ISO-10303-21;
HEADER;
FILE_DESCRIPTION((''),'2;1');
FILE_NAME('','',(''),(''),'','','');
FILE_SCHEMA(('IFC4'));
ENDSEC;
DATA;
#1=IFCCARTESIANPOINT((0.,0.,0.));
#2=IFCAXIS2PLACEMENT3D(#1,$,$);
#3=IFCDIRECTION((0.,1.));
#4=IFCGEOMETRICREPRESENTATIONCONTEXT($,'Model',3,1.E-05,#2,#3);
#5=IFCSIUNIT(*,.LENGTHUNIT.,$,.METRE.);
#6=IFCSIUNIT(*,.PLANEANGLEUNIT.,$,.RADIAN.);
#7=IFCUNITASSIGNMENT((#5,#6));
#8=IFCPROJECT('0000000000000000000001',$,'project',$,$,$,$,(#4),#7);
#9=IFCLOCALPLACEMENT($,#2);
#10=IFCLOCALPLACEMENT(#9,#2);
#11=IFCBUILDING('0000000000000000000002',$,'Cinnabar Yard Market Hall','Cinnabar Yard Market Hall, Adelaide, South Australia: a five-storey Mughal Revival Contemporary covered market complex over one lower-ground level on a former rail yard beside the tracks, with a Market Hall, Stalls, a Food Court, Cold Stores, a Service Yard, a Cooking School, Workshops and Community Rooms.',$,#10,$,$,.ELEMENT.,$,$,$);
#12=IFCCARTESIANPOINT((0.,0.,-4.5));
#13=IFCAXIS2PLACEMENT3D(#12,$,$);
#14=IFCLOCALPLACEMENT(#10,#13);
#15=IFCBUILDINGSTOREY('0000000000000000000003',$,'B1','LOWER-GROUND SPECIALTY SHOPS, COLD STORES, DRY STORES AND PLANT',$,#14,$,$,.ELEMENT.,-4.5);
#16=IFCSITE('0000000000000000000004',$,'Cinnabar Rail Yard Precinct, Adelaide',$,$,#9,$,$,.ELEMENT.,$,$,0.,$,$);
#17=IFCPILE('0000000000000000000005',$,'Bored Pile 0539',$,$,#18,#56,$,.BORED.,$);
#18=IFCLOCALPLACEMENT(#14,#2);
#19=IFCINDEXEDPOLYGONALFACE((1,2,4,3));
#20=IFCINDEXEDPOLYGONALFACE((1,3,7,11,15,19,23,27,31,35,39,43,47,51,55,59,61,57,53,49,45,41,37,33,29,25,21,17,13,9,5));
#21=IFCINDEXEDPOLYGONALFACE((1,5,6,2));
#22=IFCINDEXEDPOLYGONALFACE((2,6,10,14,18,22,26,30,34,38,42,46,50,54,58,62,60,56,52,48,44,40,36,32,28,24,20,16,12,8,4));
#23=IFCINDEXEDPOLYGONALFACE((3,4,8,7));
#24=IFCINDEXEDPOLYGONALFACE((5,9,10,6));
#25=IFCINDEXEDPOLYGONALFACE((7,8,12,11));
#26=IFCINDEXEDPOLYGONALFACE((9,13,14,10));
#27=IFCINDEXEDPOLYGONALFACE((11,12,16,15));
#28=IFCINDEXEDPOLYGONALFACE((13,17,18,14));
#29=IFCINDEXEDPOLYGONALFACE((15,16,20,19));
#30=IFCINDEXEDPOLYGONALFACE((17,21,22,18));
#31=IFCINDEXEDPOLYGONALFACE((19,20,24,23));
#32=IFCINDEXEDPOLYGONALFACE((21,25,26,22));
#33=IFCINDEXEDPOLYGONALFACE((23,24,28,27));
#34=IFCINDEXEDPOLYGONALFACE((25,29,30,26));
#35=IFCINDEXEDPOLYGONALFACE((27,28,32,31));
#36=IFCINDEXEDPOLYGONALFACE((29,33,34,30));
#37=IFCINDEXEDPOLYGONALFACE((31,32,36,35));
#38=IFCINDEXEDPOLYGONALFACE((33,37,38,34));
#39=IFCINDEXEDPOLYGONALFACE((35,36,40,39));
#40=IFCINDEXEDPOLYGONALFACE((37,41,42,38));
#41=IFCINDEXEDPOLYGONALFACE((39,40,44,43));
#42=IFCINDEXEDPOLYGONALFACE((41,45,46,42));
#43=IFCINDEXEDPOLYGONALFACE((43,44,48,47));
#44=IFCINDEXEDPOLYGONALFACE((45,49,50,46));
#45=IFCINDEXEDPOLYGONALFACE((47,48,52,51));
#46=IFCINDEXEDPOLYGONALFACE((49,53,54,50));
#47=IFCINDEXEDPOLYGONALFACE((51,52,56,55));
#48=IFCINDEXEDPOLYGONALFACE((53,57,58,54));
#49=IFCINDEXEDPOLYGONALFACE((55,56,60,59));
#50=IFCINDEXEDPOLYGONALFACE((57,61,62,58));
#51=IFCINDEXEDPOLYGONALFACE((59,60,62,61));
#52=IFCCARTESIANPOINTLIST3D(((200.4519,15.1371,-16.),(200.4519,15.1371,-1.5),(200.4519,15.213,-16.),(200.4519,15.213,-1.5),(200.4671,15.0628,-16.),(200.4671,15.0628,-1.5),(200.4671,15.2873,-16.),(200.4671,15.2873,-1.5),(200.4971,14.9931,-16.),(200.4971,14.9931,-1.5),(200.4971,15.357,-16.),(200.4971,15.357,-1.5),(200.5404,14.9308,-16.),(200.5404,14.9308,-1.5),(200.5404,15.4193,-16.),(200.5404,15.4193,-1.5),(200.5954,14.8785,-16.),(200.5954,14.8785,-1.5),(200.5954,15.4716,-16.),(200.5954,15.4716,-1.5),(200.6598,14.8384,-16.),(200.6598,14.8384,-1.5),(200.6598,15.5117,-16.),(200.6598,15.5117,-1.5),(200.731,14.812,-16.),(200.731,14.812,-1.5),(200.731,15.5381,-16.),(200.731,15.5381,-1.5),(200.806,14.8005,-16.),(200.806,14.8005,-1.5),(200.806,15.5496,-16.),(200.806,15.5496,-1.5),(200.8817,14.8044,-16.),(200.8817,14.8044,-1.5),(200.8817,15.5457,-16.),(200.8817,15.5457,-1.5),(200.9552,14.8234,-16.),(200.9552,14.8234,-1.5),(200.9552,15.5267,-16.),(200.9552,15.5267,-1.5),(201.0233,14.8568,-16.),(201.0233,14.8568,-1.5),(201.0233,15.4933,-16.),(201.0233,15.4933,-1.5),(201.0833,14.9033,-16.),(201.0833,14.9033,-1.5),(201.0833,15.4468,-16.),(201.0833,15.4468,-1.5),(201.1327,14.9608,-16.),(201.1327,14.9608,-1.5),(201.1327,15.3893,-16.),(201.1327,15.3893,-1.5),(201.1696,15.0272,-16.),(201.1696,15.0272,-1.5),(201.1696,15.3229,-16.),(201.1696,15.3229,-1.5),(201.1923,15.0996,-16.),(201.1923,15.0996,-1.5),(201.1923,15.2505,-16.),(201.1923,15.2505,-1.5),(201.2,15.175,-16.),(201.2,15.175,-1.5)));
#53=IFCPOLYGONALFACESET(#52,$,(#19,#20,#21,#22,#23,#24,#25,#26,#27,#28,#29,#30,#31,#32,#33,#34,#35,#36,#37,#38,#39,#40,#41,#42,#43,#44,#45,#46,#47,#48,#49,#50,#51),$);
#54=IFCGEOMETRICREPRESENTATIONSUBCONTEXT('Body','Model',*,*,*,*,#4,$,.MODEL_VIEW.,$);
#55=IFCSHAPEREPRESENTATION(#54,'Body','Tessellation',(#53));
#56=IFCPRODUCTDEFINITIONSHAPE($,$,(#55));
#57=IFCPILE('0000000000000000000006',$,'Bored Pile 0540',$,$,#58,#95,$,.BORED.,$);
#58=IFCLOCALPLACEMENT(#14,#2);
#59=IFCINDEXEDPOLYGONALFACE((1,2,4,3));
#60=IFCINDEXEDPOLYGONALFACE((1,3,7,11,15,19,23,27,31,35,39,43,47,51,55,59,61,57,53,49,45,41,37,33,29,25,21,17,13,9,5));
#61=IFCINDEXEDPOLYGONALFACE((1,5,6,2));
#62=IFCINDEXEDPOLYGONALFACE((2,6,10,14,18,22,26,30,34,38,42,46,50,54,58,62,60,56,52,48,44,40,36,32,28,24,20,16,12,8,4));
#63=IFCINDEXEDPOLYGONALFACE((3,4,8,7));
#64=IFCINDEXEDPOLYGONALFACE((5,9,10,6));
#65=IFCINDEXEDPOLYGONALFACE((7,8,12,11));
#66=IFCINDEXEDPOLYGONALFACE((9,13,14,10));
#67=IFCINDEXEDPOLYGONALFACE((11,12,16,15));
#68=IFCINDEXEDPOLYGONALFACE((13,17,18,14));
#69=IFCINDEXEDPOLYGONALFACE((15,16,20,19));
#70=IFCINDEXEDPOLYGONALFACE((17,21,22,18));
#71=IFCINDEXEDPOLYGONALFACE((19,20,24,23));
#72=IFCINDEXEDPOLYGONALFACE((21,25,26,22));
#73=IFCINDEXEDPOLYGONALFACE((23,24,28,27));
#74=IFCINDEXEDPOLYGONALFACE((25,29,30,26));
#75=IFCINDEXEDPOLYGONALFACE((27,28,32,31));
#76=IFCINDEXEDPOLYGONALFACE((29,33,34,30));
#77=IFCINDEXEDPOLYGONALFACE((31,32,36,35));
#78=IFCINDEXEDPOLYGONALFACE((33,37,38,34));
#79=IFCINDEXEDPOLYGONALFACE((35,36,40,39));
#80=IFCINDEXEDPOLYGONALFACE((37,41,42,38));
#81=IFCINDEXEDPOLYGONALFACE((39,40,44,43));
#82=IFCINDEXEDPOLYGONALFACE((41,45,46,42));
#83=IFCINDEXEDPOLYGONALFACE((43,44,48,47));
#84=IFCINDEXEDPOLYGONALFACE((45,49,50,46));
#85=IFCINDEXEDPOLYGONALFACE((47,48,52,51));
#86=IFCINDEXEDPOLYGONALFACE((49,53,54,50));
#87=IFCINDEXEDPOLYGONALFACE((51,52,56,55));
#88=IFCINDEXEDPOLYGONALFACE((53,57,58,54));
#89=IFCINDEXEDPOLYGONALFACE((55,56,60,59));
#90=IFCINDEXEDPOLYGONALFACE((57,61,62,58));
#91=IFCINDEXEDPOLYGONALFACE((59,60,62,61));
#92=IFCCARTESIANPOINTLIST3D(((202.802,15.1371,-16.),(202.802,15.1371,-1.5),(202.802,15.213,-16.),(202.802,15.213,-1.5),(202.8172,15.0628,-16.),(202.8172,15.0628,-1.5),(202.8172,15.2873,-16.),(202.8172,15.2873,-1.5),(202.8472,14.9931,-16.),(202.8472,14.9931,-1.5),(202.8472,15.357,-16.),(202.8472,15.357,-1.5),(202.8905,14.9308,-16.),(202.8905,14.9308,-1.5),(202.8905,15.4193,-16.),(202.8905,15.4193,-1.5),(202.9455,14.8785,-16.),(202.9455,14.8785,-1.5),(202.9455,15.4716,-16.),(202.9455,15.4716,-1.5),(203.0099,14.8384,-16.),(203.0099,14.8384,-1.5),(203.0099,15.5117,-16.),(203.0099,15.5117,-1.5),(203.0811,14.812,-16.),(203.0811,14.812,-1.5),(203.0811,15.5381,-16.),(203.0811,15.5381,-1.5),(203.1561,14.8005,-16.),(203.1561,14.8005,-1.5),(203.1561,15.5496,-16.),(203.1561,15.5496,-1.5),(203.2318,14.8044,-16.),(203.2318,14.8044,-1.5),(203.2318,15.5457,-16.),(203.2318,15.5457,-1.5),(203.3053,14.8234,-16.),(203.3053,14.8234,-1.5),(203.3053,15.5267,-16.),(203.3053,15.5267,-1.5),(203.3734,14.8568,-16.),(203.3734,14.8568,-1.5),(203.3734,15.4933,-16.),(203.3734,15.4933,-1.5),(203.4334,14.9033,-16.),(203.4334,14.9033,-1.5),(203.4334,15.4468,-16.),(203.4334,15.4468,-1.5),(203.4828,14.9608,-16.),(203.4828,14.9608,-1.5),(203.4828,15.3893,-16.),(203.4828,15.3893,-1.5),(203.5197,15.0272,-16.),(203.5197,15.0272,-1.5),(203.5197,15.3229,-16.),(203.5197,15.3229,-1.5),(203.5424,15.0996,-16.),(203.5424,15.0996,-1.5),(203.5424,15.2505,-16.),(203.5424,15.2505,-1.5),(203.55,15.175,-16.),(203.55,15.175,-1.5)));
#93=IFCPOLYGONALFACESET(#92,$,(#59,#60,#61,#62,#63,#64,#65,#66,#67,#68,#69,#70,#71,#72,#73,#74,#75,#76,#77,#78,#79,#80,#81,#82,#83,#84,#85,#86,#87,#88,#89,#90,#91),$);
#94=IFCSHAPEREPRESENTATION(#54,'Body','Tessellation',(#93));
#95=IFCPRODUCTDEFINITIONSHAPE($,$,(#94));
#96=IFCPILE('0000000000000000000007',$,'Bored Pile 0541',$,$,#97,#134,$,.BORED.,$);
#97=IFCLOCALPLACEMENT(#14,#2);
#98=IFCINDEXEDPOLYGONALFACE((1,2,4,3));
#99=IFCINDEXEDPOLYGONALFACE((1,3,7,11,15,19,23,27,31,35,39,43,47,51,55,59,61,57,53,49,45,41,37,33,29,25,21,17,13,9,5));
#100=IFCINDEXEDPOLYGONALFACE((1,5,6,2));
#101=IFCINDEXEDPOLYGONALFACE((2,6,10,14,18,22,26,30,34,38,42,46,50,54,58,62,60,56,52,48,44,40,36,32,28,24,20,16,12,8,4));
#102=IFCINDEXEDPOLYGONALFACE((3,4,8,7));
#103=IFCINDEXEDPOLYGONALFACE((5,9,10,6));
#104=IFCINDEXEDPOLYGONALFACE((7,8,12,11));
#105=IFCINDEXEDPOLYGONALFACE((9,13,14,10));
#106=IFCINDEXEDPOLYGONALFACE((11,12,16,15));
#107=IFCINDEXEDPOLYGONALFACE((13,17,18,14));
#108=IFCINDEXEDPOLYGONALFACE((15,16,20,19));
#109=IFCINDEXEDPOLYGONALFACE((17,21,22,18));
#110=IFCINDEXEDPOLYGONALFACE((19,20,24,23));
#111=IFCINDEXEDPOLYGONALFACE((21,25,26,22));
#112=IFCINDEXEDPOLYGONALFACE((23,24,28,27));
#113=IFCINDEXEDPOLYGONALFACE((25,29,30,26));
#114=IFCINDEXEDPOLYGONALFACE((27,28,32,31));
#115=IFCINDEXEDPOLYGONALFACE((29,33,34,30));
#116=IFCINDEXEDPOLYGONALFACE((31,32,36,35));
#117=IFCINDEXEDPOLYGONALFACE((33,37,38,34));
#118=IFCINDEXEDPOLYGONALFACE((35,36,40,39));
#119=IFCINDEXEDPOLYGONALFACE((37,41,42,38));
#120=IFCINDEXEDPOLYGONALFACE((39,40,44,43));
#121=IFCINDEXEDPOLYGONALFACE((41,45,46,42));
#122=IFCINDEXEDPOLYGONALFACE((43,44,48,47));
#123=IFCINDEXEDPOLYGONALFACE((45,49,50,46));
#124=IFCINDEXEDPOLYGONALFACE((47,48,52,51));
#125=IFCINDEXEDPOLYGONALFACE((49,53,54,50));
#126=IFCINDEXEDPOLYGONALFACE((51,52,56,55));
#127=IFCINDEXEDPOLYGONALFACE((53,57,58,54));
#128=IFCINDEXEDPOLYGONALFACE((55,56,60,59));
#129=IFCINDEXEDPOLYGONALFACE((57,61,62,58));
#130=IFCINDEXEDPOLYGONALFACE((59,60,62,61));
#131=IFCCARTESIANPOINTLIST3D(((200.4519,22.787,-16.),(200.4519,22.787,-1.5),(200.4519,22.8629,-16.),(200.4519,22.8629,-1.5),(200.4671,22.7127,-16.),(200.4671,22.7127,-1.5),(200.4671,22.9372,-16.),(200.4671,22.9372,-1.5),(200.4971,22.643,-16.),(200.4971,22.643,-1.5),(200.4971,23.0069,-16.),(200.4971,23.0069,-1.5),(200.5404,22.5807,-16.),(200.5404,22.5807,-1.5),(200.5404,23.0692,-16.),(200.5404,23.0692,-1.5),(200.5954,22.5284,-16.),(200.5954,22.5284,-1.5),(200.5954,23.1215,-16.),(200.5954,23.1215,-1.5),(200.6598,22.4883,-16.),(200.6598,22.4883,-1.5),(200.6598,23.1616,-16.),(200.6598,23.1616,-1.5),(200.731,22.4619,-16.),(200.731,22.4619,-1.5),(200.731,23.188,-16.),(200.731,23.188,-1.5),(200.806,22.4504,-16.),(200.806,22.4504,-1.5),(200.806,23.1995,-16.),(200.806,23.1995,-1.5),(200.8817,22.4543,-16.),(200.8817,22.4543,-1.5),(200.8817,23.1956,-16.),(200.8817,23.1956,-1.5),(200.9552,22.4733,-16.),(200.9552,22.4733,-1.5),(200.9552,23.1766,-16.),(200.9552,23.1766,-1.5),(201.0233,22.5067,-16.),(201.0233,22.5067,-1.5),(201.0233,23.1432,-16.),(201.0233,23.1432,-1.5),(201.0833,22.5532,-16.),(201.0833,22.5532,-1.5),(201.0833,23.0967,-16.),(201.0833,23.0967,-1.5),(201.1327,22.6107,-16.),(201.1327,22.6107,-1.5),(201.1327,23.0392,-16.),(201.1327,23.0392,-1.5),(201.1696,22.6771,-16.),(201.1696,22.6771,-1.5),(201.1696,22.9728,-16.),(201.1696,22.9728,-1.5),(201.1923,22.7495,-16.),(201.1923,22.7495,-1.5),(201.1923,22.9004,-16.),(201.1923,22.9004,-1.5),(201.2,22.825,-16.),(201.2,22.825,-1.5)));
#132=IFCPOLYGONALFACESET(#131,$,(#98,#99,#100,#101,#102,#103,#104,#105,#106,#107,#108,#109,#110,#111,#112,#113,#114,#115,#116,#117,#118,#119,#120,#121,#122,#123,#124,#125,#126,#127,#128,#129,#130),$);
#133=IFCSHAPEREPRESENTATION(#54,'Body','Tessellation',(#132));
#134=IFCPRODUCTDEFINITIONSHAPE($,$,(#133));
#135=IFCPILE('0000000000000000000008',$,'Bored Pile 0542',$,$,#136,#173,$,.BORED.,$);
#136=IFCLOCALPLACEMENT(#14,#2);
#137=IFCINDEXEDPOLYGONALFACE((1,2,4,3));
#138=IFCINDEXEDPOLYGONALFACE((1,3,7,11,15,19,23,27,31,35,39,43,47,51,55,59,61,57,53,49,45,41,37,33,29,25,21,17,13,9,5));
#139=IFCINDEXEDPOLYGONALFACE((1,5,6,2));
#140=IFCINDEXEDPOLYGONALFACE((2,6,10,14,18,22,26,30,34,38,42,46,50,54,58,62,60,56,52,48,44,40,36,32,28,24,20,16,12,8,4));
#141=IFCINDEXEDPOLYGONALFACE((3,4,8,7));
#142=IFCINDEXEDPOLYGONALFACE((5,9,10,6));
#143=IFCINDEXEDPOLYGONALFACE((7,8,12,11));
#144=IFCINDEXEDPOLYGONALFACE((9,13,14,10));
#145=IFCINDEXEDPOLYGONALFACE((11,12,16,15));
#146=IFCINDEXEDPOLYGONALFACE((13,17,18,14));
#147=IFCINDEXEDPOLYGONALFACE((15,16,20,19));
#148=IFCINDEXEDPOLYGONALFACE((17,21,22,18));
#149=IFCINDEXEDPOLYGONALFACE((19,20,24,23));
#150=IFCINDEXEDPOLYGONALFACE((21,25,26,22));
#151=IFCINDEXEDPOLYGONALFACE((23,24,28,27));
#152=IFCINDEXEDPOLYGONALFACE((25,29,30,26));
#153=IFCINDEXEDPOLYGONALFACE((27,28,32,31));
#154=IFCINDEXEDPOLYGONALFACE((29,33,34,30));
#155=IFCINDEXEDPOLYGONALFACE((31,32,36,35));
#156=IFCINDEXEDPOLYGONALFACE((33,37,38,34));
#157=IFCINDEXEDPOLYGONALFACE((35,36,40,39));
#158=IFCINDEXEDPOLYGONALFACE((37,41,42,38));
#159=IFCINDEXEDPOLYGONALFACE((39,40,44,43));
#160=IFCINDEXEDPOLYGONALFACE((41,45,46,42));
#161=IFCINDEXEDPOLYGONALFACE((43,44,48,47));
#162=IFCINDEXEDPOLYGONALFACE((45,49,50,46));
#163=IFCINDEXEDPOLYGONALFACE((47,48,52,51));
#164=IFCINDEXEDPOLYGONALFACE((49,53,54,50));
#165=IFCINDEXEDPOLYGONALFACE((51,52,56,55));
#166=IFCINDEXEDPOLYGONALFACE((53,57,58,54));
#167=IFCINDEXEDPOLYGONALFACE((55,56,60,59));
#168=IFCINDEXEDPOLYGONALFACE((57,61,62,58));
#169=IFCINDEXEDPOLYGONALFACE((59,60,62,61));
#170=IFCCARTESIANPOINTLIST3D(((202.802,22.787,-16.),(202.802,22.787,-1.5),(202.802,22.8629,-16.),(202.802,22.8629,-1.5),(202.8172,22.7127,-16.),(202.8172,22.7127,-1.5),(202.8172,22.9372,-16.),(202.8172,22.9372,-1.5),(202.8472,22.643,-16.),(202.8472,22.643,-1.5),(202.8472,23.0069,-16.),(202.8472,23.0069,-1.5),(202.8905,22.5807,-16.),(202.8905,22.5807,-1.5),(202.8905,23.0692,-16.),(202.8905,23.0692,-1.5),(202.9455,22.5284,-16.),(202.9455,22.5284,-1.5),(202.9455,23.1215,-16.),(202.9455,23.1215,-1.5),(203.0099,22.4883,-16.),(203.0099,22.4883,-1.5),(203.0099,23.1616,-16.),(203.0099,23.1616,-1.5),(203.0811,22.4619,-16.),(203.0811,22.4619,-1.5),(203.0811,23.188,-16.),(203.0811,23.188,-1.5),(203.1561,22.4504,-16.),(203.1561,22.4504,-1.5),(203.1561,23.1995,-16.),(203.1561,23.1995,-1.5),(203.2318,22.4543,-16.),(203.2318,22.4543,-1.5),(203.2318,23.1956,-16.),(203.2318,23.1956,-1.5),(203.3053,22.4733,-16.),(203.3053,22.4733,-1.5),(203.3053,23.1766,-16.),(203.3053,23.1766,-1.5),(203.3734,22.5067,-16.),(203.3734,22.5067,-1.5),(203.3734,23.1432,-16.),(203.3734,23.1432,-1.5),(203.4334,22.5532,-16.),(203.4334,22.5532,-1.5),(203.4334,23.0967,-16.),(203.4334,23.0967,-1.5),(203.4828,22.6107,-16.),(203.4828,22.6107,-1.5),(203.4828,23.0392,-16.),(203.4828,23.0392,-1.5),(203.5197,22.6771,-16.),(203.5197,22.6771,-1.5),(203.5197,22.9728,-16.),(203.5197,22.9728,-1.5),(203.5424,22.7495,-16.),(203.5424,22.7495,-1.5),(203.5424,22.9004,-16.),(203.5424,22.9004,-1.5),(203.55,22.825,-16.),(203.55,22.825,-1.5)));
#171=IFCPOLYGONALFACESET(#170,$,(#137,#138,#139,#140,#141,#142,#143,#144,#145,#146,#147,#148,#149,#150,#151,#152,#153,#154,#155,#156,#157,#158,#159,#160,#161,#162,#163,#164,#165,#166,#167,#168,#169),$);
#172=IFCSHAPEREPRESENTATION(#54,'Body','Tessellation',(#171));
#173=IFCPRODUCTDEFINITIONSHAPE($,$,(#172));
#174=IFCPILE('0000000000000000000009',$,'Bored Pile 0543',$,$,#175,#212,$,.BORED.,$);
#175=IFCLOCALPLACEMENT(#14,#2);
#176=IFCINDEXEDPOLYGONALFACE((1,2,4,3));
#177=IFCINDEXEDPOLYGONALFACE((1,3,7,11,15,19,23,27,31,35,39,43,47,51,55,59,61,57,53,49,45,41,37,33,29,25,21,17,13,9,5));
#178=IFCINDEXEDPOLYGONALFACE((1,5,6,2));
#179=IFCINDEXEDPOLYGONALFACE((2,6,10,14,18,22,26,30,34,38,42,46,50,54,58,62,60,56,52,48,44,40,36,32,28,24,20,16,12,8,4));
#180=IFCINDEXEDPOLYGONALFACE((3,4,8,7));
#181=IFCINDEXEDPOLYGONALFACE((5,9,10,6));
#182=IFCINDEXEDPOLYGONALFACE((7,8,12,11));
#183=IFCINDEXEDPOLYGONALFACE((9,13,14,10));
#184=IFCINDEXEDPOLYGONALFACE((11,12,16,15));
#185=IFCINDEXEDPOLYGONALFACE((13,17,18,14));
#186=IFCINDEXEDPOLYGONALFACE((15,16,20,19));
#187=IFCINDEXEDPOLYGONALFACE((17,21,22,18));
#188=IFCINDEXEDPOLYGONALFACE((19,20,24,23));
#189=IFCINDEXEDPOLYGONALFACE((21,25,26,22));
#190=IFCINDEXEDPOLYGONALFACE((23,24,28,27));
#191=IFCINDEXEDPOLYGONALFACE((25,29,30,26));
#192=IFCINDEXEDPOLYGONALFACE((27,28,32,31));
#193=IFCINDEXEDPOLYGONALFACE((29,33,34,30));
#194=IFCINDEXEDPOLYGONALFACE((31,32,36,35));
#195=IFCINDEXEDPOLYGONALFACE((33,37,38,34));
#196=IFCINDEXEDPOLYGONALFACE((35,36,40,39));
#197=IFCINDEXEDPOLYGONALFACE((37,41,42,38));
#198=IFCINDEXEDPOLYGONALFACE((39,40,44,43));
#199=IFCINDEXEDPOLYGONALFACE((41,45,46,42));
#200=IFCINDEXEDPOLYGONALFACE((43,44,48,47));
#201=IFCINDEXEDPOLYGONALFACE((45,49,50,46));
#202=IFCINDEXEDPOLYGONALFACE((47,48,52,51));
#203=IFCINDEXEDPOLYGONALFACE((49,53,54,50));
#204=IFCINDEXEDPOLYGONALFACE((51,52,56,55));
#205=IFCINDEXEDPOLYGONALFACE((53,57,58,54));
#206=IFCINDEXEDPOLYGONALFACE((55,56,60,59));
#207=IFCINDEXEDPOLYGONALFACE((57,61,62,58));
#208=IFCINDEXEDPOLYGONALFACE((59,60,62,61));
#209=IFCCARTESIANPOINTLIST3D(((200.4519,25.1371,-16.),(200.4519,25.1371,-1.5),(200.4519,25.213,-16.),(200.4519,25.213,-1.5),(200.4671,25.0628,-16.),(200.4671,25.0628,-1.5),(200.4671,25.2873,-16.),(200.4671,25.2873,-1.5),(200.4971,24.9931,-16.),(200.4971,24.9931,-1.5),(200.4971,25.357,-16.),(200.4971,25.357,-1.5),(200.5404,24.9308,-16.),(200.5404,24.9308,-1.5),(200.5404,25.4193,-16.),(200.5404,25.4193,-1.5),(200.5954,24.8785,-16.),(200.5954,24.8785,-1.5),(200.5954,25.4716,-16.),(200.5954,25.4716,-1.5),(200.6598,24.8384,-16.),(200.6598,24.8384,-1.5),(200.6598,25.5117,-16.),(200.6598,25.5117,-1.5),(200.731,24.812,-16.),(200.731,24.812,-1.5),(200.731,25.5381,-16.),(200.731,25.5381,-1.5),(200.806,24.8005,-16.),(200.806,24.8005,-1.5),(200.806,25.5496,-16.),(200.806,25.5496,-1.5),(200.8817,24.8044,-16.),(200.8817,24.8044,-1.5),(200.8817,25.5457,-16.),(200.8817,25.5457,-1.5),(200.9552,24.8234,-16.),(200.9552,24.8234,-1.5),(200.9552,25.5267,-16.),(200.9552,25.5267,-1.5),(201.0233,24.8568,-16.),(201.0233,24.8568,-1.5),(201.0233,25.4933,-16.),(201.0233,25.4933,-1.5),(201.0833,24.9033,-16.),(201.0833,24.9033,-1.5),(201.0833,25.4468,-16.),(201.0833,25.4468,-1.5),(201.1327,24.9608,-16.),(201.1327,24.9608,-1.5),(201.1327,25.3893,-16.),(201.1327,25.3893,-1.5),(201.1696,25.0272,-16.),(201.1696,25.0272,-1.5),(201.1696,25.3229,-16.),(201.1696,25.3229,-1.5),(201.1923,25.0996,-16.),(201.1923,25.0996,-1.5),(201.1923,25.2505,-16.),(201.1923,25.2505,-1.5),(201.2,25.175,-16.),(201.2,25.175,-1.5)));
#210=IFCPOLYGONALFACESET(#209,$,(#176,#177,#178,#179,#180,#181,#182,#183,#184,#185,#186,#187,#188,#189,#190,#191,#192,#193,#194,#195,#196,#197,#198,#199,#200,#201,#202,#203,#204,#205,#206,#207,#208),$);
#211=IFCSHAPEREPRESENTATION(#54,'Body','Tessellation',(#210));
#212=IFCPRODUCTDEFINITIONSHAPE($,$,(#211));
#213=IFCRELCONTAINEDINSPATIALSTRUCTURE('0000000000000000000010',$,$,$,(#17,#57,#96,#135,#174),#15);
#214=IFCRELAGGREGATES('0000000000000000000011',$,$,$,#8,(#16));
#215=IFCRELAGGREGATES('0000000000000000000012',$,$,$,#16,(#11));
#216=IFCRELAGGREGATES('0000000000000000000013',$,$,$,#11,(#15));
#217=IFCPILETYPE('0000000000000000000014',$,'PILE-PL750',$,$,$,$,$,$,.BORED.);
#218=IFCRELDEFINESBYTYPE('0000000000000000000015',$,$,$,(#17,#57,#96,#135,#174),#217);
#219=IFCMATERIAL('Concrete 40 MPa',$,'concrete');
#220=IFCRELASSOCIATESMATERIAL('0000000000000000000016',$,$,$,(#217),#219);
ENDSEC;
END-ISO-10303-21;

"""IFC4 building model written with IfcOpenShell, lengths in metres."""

from ifc_helpers import new_model, si_unit, direction, frame, origin, origin_2d_with_axis, place, context, subcontext, project, spatial, circle, extrude, material, material_profile, profile_set, type_object, element, save


model = new_model("IFC4")

# Units and contexts
model_context = context("Model", 3, precision=1e-05, world=origin(), true_north=direction((0.0, 1.0)))
body_context = subcontext(model_context, "Body", "Model", "MODEL_VIEW")
ifc_project = project(units=[si_unit("LENGTHUNIT", "METRE"), si_unit("PLANEANGLEUNIT", "RADIAN")], contexts=[model_context])

# Site, building, storey
site_placement = place(None, origin())
site = spatial("IfcSite", under=ifc_project, at=site_placement, Name="Cinnabar Rail Yard Precinct, Adelaide", CompositionType="ELEMENT", RefElevation=0.0)
building_placement = place(site_placement, origin())
building = spatial("IfcBuilding", under=site, at=building_placement, Name="Cinnabar Yard Market Hall", Description="Cinnabar Yard Market Hall, Adelaide, South Australia: a five-storey Mughal Revival Contemporary covered market complex over one lower-ground level on a former rail yard beside the tracks, with a Market Hall, Stalls, a Food Court, Cold Stores, a Service Yard, a Cooking School, Workshops and Community Rooms.", CompositionType="ELEMENT")
storey_placement = place(building_placement, frame((0.0, 0.0, -4.5)))
storey = spatial("IfcBuildingStorey", under=building, at=storey_placement, Name="B1", Description="LOWER-GROUND SPECIALTY SHOPS, COLD STORES, DRY STORES AND PLANT", CompositionType="ELEMENT", Elevation=-4.5)

# Shared definitions
ifc_material_1 = material(Name="Concrete 40 MPa", Category="concrete")

# Piles
ifc_material_profile_1 = material_profile(ifc_material_1, circle(Radius=0.375, at=origin_2d_with_axis()), Name="PILE-D750")
ifc_profile_set_1 = profile_set([ifc_material_profile_1], Name="Concrete 40 MPa")
pile_type = type_object("IfcPileType", Name="PILE-PL750", PredefinedType="BORED", material=ifc_profile_set_1)
for number, where, z_axis, x_axis, name in (
    (1, (200.825, 15.175, -1.5), (0.0, 0.0, -1.0), (1.0, 0.0, 0.0), "Bored Pile 0539"),
    (2, (203.175, 15.175, -1.5), (0.0, 0.0, -1.0), (1.0, 0.0, 0.0), "Bored Pile 0540"),
    (3, (200.825, 22.825, -1.5), (0.0, 0.0, -1.0), (1.0, 0.0, 0.0), "Bored Pile 0541"),
    (4, (203.175, 22.825, -1.5), (0.0, 0.0, -1.0), (1.0, 0.0, 0.0), "Bored Pile 0542"),
    (5, (200.825, 25.175, -1.5), (0.0, 0.0, -1.0), (1.0, 0.0, 0.0), "Bored Pile 0543"),
):
    element("IfcPile", number, at=place(storey_placement, frame(where, z_axis=z_axis, x_axis=x_axis)), inside=storey, type_object=pile_type, Name=name, PredefinedType="BORED", context=body_context, shape_type="SweptSolid", body=[
        extrude(circle(Radius=0.375, at=origin_2d_with_axis()), origin(), (0.0, 0.0, 1.0), 14.5),
    ])

save(model, "model.ifc")
